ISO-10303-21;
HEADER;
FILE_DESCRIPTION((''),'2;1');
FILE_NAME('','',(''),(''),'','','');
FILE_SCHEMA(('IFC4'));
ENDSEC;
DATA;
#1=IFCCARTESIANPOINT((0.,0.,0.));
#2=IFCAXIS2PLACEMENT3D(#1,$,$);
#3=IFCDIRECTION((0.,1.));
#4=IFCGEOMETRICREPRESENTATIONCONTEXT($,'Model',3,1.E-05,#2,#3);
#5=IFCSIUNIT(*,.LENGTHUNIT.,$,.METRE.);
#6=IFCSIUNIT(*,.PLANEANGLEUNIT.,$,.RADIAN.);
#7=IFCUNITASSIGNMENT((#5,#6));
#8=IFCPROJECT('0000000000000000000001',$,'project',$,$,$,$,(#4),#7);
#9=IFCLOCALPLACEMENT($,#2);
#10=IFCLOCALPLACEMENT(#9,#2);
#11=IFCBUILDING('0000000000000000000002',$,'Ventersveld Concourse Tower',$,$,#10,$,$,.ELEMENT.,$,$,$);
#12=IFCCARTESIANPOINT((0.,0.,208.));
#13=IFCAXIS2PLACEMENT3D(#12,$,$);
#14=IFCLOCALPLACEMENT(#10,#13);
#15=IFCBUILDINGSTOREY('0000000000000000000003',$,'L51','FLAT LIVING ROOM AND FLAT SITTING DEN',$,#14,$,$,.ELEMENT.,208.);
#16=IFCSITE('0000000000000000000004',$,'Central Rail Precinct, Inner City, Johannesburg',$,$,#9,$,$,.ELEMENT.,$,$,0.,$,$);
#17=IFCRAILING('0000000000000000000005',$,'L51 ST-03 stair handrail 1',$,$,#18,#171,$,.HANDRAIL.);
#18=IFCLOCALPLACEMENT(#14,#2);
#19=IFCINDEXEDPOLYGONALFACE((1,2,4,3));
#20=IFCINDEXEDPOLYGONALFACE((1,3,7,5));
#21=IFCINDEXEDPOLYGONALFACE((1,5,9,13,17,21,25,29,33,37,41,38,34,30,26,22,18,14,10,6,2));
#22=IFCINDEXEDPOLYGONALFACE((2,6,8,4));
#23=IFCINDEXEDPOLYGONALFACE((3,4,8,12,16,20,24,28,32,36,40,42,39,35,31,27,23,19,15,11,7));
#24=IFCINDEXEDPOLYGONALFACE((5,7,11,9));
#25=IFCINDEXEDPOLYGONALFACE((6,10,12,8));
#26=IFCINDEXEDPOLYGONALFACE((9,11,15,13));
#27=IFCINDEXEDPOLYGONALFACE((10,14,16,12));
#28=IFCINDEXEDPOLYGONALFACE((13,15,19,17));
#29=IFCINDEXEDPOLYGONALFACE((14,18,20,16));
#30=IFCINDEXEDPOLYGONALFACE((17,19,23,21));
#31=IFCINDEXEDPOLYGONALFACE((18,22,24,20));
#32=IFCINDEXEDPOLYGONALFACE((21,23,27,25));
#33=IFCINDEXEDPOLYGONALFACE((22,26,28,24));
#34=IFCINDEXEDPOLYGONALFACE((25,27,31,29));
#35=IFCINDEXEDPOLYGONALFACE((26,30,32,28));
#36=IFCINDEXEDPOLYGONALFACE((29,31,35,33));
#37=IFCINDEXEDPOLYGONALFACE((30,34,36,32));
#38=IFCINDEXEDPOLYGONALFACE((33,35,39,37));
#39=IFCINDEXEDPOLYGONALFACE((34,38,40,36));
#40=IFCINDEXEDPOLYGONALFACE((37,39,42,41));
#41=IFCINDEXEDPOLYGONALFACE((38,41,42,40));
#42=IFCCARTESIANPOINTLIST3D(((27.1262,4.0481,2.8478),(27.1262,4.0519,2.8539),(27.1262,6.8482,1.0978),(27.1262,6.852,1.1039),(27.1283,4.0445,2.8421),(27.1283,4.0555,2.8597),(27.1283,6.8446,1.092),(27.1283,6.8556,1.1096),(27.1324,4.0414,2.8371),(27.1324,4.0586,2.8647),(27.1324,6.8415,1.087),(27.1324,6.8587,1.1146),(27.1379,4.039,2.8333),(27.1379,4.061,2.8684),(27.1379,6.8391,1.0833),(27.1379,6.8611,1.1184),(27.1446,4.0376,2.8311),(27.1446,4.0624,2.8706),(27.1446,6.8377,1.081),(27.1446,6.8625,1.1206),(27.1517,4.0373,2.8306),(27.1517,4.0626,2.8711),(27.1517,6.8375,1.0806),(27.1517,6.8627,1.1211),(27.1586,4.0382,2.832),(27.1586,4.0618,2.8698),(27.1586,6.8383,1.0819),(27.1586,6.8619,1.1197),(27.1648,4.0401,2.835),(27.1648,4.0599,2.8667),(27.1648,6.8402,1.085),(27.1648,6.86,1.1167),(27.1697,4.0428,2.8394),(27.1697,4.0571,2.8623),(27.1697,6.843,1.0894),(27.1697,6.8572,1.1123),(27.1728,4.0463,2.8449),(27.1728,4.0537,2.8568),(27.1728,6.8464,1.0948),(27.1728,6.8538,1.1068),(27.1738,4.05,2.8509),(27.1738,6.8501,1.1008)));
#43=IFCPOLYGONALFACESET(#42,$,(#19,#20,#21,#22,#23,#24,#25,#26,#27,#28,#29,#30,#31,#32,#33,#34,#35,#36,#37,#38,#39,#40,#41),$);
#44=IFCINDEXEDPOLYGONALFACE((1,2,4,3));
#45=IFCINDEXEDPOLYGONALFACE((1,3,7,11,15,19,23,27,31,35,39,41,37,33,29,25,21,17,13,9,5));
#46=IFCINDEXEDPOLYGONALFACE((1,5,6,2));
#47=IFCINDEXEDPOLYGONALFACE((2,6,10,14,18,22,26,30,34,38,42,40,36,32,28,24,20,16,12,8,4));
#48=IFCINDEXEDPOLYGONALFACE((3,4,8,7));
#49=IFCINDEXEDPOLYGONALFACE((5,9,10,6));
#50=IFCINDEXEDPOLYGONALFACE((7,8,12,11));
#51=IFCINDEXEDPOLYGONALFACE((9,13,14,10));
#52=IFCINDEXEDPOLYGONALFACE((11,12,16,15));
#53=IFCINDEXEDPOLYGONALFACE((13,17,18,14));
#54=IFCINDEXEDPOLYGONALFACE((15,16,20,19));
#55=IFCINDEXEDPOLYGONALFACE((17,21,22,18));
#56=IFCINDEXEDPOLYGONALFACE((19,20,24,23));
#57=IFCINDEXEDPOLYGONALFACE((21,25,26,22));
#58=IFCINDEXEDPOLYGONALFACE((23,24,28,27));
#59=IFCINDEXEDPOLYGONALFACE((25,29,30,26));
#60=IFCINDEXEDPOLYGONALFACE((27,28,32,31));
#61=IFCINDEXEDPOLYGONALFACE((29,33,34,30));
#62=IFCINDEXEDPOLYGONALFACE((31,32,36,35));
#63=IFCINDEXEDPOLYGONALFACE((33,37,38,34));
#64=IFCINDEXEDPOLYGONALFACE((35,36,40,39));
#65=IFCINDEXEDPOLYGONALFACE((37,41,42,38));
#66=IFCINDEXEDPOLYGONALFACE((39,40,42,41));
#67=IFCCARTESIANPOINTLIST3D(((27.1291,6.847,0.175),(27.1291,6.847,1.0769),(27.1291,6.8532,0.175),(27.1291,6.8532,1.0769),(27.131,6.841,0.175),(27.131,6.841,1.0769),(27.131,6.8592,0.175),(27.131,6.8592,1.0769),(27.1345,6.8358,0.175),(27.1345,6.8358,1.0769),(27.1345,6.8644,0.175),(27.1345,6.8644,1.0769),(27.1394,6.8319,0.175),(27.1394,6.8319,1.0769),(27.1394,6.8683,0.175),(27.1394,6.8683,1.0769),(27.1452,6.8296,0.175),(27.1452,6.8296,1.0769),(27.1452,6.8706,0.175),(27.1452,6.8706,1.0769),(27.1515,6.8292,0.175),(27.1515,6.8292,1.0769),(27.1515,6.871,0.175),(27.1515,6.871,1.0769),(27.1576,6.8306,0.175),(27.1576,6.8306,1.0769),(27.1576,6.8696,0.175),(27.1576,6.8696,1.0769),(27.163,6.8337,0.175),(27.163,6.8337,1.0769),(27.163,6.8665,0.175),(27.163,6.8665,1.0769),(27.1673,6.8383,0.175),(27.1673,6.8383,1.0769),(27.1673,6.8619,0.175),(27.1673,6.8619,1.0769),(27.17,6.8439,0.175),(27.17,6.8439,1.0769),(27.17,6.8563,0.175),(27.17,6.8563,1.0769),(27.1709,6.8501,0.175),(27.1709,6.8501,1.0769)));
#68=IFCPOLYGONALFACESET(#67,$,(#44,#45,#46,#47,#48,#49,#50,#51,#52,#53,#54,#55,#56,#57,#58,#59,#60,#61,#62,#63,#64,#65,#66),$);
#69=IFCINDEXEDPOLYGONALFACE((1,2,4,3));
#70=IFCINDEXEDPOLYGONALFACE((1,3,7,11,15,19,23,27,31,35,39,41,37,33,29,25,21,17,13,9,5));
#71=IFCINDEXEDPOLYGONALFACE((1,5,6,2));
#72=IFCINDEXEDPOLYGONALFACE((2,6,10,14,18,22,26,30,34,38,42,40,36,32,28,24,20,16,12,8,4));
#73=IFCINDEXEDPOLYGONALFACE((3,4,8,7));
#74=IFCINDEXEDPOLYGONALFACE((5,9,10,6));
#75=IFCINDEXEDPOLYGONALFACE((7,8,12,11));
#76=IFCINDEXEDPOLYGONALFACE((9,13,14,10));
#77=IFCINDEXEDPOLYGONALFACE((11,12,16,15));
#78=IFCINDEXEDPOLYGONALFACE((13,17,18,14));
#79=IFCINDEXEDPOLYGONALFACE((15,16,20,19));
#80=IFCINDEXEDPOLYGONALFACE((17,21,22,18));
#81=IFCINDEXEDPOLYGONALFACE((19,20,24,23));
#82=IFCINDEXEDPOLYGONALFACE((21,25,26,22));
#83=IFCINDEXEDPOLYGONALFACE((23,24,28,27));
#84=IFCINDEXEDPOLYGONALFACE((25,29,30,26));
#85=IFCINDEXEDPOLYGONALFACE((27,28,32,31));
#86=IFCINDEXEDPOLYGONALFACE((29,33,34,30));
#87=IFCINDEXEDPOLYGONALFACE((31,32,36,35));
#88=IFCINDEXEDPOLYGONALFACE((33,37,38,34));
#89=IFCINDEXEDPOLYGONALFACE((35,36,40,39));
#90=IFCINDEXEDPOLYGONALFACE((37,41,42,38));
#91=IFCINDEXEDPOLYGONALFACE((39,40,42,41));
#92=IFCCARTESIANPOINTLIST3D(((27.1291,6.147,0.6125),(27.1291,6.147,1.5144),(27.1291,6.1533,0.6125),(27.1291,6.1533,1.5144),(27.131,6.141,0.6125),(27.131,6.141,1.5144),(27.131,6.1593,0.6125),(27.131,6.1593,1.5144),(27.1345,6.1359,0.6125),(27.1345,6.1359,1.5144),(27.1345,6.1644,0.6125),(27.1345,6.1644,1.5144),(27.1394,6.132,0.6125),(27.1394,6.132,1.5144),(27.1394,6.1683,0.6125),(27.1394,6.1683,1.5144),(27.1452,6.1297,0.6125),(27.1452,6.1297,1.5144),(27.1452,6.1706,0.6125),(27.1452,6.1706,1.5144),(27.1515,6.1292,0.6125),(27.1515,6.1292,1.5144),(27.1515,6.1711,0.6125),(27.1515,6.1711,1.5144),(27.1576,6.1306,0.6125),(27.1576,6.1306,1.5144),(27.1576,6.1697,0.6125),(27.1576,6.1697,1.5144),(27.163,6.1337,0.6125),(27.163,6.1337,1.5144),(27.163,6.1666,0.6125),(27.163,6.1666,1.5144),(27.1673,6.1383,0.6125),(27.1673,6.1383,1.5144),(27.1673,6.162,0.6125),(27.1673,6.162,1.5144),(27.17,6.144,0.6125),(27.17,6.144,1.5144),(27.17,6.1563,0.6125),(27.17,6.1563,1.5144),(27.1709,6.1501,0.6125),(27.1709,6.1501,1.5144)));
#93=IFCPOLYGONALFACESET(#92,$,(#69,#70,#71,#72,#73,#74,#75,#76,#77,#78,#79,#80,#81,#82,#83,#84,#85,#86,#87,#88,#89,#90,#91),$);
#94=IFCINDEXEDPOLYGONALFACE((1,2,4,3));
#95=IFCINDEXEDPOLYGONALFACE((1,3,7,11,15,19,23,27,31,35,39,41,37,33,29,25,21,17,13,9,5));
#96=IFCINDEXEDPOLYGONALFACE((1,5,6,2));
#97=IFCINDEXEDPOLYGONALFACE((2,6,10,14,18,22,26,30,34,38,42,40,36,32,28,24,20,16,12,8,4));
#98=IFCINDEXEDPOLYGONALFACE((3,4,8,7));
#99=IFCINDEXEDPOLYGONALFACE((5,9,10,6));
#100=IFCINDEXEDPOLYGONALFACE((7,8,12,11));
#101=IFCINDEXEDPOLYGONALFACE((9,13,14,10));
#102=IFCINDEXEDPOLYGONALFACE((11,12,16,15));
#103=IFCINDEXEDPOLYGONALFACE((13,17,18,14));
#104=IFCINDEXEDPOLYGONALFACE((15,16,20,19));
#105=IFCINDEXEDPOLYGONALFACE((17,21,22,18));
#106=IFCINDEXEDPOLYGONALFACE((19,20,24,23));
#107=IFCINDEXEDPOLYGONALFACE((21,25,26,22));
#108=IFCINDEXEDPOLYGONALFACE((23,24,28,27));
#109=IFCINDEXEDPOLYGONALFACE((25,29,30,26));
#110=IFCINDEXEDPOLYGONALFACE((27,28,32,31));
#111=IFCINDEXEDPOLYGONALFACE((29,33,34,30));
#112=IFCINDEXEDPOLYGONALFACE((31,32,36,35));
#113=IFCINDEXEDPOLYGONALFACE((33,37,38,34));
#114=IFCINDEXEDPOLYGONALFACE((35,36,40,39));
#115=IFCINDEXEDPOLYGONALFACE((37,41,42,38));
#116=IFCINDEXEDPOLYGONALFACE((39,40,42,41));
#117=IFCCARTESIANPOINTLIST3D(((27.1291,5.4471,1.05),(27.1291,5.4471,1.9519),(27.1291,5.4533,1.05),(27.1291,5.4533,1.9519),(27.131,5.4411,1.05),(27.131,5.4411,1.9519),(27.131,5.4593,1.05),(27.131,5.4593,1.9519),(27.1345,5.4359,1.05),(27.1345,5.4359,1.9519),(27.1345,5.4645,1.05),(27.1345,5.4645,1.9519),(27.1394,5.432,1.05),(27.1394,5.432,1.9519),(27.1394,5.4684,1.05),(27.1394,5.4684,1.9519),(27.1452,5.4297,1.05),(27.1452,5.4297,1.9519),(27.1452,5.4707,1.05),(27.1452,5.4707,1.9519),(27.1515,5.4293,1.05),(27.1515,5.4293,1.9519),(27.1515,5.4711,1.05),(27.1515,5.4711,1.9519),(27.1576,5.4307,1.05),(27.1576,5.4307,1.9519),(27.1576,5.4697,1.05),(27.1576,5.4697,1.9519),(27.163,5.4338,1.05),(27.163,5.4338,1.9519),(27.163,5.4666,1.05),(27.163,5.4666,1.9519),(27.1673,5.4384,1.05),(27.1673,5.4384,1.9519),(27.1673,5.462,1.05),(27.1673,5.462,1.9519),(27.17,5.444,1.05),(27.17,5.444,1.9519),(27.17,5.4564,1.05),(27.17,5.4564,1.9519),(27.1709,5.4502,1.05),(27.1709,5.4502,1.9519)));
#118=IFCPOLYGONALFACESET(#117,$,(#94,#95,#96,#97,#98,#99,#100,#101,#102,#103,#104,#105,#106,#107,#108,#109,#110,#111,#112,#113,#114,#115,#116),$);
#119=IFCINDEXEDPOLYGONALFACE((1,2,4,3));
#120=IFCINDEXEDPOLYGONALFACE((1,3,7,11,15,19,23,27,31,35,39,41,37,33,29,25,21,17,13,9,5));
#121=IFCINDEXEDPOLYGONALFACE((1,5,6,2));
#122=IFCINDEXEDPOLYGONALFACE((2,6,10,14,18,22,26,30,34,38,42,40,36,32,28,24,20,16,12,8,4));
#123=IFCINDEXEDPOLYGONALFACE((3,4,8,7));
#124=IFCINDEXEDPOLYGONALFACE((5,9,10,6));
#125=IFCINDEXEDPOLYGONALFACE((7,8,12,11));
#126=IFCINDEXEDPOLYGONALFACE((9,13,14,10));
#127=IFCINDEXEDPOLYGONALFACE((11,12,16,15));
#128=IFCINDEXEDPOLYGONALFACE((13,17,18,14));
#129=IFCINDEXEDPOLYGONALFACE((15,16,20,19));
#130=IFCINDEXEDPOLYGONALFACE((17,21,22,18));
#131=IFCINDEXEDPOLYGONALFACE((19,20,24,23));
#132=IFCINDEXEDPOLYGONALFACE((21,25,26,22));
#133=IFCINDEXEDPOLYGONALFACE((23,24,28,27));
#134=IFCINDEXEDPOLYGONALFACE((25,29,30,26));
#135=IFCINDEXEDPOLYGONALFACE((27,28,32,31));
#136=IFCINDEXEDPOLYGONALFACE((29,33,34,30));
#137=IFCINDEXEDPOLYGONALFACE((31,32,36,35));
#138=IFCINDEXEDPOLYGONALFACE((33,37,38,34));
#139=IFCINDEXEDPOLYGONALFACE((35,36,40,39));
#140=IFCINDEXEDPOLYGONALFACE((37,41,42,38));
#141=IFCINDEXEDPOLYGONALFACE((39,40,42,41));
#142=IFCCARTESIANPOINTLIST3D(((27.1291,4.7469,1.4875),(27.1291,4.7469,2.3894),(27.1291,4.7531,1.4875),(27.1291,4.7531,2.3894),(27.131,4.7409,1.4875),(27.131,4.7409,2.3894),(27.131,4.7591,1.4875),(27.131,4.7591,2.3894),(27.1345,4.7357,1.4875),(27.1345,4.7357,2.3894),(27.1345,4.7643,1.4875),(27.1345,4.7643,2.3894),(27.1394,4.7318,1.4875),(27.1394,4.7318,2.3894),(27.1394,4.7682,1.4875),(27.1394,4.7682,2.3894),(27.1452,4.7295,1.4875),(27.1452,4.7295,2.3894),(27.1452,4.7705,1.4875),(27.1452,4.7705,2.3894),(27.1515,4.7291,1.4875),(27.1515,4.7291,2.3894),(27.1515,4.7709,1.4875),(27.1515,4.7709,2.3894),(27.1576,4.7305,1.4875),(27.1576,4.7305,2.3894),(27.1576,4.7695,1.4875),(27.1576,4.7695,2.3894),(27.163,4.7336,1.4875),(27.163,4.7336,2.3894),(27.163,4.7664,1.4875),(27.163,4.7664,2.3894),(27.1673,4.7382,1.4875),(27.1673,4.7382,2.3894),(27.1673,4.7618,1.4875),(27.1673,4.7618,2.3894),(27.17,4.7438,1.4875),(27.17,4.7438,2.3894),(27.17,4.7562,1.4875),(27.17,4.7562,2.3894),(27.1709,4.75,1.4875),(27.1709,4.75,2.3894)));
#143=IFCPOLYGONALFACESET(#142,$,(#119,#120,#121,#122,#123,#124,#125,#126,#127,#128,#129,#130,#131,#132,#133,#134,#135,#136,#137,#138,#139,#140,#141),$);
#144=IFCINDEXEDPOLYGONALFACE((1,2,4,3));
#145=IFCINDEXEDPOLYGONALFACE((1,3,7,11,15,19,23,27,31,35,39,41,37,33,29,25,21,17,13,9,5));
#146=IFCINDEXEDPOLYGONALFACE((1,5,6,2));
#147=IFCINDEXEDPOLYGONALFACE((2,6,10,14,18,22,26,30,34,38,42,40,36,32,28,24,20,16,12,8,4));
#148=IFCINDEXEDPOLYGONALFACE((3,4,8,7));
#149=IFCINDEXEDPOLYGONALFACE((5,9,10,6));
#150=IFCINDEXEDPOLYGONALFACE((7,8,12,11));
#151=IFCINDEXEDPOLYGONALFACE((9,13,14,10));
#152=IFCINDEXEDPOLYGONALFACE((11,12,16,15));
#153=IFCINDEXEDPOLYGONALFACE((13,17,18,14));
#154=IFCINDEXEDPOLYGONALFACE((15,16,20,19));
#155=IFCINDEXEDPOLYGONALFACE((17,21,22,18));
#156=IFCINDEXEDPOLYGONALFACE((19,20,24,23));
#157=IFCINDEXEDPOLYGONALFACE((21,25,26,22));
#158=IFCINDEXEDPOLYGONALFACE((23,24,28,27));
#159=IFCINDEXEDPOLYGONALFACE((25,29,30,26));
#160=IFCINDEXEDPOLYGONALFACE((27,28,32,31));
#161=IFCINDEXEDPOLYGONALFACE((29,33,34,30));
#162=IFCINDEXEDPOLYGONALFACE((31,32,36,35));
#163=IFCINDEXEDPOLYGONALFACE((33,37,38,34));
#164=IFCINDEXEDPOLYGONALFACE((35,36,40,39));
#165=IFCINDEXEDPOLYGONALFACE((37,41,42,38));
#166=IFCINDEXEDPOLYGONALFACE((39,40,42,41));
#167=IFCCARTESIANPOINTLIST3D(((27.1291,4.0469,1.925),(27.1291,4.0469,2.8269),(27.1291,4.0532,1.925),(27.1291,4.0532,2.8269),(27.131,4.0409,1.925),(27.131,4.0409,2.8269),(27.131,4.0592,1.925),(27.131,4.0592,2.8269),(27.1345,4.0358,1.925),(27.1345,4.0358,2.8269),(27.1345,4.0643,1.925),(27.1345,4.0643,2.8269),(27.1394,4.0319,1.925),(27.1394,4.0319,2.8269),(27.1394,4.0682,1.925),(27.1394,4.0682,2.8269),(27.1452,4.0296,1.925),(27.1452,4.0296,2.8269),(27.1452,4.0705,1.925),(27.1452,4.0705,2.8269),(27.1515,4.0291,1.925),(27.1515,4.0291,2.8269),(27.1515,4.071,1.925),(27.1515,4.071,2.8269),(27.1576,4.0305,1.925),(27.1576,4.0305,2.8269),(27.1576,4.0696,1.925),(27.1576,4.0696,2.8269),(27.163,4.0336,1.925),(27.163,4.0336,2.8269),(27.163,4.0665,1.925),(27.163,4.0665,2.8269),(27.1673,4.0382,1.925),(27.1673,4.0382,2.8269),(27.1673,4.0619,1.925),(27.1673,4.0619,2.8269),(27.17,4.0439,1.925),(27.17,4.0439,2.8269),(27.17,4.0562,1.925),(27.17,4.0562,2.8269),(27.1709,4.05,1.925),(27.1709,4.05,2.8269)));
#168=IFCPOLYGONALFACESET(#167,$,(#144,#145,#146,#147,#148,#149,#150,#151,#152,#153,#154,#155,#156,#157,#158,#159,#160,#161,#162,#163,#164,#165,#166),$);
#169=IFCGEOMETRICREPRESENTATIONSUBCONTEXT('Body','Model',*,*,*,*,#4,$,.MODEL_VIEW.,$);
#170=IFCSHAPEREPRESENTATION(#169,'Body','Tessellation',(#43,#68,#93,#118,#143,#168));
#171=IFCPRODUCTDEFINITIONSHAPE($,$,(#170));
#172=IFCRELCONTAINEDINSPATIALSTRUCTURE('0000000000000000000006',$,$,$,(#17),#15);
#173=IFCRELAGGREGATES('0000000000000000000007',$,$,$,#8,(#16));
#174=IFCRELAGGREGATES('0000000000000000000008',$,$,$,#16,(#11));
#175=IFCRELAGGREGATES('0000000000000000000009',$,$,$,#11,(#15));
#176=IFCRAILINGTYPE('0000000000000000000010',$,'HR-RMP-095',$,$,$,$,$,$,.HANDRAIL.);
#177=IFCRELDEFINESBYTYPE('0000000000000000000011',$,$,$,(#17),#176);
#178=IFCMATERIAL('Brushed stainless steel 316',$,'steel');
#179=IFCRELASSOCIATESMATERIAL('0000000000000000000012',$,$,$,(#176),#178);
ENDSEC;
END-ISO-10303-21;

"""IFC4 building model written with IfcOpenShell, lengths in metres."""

from ifc_helpers import new_model, si_unit, direction, frame, origin, origin_2d, place, context, subcontext, project, spatial, circle, extrude, material, type_object, element, save


model = new_model("IFC4")

# Units and contexts
model_context = context("Model", 3, precision=1e-05, world=origin(), true_north=direction((0.0, 1.0)))
body_context = subcontext(model_context, "Body", "Model", "MODEL_VIEW")
ifc_project = project(units=[si_unit("LENGTHUNIT", "METRE"), si_unit("PLANEANGLEUNIT", "RADIAN")], contexts=[model_context])

# Site, building, storey
site_placement = place(None, origin())
site = spatial("IfcSite", under=ifc_project, at=site_placement, Name="Central Rail Precinct, Inner City, Johannesburg", CompositionType="ELEMENT", RefElevation=0.0)
building_placement = place(site_placement, origin())
building = spatial("IfcBuilding", under=site, at=building_placement, Name="Ventersveld Concourse Tower", CompositionType="ELEMENT")
storey_placement = place(building_placement, frame((0.0, 0.0, 208.0)))
storey = spatial("IfcBuildingStorey", under=building, at=storey_placement, Name="L51", Description="FLAT LIVING ROOM AND FLAT SITTING DEN", CompositionType="ELEMENT", Elevation=208.0)

# Railing
ifc_material_1 = material(Name="Brushed stainless steel 316", Category="steel")
railing_type = type_object("IfcRailingType", Name="HR-RMP-095", PredefinedType="HANDRAIL", material=ifc_material_1)
railing_placement = place(storey_placement, frame((27.1499, 6.8501, 0.175)))
element("IfcRailing", 1, at=railing_placement, inside=storey, type_object=railing_type, Name="L51 ST-03 stair handrail 1", PredefinedType="HANDRAIL", context=body_context, shape_type="SweptSolid", body=[
    extrude(circle(Radius=0.0239, at=origin_2d()), frame((0.0, 0.0, 0.9258), z_axis=(0.0, -0.848002, 0.529992), x_axis=(1.0, 0.0, 0.0)), (0.0, 0.0, 1.0), 3.302),
    extrude(circle(Radius=0.021, at=origin_2d()), origin(), (0.0, 0.0, 1.0), 0.9019),
    extrude(circle(Radius=0.021, at=origin_2d()), frame((0.0, -0.7, 0.4375)), (0.0, 0.0, 1.0), 0.9019),
    extrude(circle(Radius=0.021, at=origin_2d()), frame((0.0, -1.3999, 0.875)), (0.0, 0.0, 1.0), 0.9019),
    extrude(circle(Radius=0.021, at=origin_2d()), frame((0.0, -2.1001, 1.3125)), (0.0, 0.0, 1.0), 0.9019),
    extrude(circle(Radius=0.021, at=origin_2d()), frame((0.0, -2.8, 1.75)), (0.0, 0.0, 1.0), 0.9019),
])

save(model, "model.ifc")
